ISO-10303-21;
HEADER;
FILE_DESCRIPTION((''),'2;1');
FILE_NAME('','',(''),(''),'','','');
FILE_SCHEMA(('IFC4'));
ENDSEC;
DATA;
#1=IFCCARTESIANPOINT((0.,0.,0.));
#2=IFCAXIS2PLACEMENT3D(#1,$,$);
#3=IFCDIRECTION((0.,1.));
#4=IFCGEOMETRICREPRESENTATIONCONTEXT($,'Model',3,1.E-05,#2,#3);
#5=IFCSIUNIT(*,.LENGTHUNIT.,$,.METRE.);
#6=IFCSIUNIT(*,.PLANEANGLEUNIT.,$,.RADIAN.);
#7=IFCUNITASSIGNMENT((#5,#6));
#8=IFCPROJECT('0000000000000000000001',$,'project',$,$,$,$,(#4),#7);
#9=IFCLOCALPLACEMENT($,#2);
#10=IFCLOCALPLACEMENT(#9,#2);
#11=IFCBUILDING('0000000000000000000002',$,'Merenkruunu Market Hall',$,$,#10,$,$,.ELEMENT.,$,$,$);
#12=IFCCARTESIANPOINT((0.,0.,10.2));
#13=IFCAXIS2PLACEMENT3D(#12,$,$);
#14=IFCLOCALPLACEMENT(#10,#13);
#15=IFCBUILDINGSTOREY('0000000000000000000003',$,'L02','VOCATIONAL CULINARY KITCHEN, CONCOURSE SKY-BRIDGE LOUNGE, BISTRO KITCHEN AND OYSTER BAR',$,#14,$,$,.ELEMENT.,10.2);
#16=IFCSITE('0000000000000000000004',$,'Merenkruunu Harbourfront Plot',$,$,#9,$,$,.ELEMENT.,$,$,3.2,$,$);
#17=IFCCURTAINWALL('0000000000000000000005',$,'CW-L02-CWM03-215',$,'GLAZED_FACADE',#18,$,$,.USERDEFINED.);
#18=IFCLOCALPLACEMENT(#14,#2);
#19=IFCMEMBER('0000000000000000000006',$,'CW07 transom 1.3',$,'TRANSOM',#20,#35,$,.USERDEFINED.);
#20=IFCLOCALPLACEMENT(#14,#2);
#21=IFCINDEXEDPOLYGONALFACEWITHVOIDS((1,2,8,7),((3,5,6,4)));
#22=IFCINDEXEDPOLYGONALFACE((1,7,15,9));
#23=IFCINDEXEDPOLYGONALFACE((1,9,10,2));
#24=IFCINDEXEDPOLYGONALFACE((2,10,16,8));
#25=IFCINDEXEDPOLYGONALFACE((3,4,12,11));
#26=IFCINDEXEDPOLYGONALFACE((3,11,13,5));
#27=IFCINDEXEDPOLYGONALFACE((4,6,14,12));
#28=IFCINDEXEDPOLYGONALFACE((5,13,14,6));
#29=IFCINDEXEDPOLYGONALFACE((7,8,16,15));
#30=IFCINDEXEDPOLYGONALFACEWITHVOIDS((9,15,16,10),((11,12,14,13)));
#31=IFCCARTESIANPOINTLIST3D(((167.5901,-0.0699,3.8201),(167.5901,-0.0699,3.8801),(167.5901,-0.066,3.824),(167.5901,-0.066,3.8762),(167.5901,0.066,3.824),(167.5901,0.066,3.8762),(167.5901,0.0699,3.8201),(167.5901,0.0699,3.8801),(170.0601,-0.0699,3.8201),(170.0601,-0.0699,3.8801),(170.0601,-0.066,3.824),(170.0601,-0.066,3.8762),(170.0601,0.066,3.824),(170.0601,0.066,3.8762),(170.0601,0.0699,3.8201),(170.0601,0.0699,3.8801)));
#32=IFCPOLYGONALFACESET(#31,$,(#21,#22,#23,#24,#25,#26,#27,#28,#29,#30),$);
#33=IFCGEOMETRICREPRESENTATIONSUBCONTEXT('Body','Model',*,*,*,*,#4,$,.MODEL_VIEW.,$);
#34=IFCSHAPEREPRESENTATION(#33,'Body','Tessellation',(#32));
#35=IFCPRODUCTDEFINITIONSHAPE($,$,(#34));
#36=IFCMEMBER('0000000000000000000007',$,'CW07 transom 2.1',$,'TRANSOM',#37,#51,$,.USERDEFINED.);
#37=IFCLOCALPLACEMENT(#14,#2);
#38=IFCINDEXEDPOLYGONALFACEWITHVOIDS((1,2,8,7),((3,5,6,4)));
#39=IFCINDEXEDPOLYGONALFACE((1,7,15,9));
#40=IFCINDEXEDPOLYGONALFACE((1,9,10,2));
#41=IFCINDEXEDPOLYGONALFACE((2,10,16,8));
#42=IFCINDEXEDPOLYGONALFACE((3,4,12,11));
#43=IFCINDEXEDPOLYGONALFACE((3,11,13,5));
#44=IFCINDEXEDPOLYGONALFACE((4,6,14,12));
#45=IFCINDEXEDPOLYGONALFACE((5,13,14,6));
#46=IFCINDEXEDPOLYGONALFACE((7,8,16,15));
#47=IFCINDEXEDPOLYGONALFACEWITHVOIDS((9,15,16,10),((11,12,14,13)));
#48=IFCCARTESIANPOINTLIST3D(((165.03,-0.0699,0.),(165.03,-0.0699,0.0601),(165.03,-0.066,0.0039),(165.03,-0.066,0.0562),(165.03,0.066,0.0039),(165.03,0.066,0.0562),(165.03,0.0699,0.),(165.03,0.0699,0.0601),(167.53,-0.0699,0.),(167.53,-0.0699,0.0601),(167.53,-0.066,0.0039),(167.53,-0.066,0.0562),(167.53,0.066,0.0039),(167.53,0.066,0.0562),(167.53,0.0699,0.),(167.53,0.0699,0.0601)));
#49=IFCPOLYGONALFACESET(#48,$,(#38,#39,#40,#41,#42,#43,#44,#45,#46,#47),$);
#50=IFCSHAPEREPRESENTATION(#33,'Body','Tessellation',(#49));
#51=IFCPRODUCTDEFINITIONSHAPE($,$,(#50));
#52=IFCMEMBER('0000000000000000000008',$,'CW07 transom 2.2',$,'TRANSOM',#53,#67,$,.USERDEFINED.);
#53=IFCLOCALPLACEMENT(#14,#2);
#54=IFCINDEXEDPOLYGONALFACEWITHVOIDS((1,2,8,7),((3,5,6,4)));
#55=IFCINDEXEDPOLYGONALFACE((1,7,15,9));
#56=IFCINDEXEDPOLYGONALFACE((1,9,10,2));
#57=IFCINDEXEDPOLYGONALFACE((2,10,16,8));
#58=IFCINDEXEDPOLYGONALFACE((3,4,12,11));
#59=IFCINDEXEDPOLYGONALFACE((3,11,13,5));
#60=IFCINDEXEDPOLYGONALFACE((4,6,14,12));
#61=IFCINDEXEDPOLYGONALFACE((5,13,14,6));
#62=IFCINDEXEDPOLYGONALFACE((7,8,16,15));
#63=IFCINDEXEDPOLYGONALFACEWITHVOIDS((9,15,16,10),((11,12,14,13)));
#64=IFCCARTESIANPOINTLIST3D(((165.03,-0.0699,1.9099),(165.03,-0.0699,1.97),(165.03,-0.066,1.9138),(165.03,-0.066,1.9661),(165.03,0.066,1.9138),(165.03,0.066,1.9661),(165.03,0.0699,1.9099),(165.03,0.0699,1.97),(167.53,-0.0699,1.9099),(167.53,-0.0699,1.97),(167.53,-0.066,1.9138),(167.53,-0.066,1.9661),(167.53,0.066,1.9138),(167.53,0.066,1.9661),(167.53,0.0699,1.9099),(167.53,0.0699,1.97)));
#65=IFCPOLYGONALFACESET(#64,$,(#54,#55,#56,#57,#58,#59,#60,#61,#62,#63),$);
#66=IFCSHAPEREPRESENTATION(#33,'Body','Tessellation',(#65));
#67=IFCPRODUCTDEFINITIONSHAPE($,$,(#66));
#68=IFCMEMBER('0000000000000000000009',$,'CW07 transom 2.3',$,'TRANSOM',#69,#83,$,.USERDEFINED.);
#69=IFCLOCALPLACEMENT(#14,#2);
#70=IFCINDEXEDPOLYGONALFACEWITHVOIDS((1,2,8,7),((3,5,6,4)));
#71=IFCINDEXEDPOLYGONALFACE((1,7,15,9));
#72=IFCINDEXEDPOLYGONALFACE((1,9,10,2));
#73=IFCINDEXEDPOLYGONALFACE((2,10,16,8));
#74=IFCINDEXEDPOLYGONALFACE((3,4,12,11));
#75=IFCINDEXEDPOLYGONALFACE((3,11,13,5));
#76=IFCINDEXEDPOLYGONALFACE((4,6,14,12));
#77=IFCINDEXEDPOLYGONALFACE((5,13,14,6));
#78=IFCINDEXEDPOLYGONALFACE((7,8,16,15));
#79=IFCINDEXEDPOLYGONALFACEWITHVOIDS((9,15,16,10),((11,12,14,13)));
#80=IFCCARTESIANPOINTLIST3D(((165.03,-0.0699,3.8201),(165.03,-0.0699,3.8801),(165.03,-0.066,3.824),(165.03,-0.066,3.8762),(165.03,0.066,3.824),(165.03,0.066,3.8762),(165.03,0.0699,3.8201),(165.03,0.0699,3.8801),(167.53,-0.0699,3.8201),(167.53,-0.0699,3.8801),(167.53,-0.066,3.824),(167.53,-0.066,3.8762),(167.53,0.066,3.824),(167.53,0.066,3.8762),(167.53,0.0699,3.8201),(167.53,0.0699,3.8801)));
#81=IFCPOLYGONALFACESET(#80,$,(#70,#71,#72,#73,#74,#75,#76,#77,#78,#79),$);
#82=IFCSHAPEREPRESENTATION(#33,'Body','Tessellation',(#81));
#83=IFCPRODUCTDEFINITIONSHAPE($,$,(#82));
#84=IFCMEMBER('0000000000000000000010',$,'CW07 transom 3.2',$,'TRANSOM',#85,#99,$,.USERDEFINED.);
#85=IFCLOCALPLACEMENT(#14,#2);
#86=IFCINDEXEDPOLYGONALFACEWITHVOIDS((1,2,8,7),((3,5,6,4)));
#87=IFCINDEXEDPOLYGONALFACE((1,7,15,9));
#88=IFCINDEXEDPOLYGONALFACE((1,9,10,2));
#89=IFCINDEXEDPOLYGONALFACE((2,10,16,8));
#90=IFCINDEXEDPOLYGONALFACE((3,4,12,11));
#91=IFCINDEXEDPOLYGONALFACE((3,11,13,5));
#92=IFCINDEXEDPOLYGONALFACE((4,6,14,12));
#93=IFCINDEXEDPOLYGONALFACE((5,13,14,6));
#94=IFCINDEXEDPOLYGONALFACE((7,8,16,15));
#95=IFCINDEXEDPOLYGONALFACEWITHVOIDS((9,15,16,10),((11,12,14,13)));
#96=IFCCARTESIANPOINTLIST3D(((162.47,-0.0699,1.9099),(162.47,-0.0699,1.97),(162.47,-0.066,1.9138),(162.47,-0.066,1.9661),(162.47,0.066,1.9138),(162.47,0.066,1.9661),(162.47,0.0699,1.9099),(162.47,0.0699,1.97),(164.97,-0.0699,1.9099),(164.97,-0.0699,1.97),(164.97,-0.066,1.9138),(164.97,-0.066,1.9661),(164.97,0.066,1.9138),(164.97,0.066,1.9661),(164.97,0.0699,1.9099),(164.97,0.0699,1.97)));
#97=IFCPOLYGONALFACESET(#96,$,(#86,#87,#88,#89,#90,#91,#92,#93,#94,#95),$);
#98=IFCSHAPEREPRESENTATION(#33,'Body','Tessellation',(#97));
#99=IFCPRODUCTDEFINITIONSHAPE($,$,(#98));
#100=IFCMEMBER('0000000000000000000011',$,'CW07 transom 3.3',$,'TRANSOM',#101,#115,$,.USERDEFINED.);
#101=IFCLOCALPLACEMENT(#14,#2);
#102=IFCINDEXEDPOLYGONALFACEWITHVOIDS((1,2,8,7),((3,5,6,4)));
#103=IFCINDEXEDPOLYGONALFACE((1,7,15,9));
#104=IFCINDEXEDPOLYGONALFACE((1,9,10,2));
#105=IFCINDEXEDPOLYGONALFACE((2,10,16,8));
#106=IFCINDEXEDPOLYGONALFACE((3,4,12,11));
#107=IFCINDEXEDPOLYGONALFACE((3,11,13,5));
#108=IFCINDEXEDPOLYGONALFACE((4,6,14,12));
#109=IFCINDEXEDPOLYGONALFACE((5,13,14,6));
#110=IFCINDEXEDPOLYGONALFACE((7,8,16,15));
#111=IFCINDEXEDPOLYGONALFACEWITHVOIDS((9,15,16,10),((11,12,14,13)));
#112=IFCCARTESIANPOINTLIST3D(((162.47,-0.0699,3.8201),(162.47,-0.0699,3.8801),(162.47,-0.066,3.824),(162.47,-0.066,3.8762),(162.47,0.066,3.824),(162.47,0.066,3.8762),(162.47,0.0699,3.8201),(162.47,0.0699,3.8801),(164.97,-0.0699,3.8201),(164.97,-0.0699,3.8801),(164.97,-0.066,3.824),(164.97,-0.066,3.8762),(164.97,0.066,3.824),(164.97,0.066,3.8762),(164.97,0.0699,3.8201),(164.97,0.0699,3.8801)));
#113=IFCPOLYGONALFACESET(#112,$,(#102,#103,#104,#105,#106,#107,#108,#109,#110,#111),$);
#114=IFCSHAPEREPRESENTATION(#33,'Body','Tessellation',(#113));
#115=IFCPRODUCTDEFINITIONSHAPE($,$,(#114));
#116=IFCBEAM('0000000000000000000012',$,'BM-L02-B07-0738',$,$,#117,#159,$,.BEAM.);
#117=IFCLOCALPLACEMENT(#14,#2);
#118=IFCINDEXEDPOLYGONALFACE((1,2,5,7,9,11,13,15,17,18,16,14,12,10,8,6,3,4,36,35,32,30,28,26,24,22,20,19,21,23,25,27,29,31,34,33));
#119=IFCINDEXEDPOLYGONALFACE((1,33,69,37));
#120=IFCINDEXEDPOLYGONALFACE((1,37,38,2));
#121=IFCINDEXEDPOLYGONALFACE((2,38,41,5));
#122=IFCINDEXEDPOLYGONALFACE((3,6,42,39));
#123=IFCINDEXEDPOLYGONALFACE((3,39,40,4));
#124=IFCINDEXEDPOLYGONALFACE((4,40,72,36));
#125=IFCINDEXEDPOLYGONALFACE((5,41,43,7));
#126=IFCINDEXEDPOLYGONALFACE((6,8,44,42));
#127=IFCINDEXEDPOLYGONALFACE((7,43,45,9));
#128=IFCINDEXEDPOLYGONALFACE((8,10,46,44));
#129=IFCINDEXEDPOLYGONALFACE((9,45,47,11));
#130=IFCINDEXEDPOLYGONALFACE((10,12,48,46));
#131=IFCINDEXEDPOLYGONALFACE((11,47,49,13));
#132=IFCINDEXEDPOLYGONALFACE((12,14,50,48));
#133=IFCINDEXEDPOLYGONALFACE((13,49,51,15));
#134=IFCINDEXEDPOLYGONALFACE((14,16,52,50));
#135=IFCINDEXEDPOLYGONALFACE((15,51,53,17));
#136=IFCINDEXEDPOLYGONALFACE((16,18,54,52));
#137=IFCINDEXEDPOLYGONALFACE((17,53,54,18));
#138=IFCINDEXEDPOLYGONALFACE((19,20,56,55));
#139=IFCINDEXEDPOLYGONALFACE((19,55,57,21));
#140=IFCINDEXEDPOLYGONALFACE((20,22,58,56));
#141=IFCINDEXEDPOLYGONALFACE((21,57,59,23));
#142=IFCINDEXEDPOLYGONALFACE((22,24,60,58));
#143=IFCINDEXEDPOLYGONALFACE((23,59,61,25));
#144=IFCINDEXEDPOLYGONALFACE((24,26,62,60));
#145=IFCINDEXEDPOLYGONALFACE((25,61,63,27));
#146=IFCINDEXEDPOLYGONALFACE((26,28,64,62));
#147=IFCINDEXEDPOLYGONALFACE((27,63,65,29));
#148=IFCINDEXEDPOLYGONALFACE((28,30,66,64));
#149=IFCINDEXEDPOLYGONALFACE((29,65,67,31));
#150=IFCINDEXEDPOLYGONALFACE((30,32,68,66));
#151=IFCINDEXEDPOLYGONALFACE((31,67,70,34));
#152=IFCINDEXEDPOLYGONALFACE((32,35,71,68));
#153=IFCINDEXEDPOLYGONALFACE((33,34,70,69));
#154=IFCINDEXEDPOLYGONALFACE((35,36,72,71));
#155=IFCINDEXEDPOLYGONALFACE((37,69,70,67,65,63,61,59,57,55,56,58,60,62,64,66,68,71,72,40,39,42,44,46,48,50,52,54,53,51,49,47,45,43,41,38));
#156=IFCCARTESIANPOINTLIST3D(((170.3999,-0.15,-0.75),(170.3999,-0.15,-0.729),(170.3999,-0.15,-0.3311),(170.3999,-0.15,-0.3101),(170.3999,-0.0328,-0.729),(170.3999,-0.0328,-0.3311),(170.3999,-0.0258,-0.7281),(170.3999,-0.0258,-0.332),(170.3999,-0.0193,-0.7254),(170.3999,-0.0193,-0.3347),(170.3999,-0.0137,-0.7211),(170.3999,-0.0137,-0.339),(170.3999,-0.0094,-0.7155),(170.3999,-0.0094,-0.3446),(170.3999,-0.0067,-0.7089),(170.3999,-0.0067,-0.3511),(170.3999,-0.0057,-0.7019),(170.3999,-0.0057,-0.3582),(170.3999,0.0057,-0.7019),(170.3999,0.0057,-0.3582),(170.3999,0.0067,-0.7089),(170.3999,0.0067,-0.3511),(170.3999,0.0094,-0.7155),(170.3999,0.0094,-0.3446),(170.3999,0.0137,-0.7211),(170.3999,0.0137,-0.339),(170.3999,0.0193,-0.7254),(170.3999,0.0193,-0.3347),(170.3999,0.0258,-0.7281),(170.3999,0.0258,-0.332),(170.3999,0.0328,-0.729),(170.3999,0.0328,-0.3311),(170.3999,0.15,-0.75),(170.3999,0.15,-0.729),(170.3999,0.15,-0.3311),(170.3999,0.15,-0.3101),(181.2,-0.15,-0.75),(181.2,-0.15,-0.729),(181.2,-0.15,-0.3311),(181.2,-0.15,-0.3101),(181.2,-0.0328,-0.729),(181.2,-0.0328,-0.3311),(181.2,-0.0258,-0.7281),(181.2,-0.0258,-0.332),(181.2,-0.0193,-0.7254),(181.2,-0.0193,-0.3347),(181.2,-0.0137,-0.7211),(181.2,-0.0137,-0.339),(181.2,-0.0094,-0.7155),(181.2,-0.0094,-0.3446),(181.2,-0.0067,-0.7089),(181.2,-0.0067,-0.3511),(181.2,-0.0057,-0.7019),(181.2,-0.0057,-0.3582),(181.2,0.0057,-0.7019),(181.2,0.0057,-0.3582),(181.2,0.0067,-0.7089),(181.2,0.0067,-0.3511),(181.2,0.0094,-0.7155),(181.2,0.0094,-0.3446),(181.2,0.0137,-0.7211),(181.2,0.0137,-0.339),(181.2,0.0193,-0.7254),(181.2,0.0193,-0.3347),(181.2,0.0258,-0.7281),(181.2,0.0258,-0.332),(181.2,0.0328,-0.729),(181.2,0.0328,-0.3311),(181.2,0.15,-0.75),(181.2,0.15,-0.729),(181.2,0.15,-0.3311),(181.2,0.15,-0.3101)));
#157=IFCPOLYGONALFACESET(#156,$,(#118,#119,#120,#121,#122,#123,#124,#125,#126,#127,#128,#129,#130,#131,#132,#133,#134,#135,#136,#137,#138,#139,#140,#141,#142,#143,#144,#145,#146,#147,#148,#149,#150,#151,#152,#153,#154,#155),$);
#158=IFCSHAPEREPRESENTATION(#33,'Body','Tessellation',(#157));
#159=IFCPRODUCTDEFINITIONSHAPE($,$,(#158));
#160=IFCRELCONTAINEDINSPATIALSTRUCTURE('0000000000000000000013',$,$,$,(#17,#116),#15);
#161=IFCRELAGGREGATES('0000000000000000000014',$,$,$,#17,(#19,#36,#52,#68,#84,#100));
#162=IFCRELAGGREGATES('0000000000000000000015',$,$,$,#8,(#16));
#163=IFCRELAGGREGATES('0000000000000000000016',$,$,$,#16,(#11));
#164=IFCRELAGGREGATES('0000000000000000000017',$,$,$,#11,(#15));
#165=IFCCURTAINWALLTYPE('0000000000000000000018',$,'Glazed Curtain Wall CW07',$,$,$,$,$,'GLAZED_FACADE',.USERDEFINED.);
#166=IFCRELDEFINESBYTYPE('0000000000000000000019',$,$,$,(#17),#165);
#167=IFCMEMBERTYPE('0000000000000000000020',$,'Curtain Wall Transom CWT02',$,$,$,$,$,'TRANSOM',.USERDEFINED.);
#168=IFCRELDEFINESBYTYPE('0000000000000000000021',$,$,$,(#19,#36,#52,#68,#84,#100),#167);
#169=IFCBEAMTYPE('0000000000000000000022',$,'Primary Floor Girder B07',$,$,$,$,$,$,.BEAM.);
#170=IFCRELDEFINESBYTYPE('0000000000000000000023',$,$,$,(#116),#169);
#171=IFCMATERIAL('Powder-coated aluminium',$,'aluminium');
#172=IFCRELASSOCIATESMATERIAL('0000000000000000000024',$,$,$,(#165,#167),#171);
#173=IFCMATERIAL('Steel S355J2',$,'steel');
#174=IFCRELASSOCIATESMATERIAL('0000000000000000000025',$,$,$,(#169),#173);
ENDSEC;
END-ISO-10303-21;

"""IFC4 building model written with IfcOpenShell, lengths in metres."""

from ifc_helpers import new_model, si_unit, direction, frame, origin, origin_2d, place, context, subcontext, project, spatial, hollow_rectangle, i_section, extrude, material, material_profile, profile_set, type_object, element, aggregate, save


model = new_model("IFC4")

# Units and contexts
model_context = context("Model", 3, precision=1e-05, world=origin(), true_north=direction((0.0, 1.0)))
body_context = subcontext(model_context, "Body", "Model", "MODEL_VIEW")
ifc_project = project(units=[si_unit("LENGTHUNIT", "METRE"), si_unit("PLANEANGLEUNIT", "RADIAN")], contexts=[model_context])

# Site, building, storey
site_placement = place(None, origin())
site = spatial("IfcSite", under=ifc_project, at=site_placement, Name="Merenkruunu Harbourfront Plot", CompositionType="ELEMENT", RefElevation=3.2)
building_placement = place(site_placement, origin())
building = spatial("IfcBuilding", under=site, at=building_placement, Name="Merenkruunu Market Hall", CompositionType="ELEMENT")
storey_placement = place(building_placement, frame((0.0, 0.0, 10.2)))
storey = spatial("IfcBuildingStorey", under=building, at=storey_placement, Name="L02", Description="VOCATIONAL CULINARY KITCHEN, CONCOURSE SKY-BRIDGE LOUNGE, BISTRO KITCHEN AND OYSTER BAR", CompositionType="ELEMENT", Elevation=10.2)

# Shared definitions
ifc_material_1 = material(Name="Steel S355J2", Category="steel")

# Curtain wall, members
ifc_material_2 = material(Name="Powder-coated aluminium", Category="aluminium")
curtain_wall_type = type_object("IfcCurtainWallType", Name="Glazed Curtain Wall CW07", ElementType="GLAZED_FACADE", PredefinedType="USERDEFINED", material=ifc_material_2)
curtain_wall_placement = place(storey_placement, origin())
curtain_wall = element("IfcCurtainWall", 1, at=curtain_wall_placement, inside=storey, type_object=curtain_wall_type, Name="CW-L02-CWM03-215", ObjectType="GLAZED_FACADE", PredefinedType="USERDEFINED")
ifc_material_profile_1 = material_profile(ifc_material_2, hollow_rectangle(XDim=0.0601, YDim=0.1399, WallThickness=0.0039, at=origin_2d()), Name="ALU 60x140x4")
ifc_profile_set_1 = profile_set([ifc_material_profile_1], Name="Powder-coated aluminium")
member_type_1 = type_object("IfcMemberType", Name="Curtain Wall Transom CWT02", ElementType="TRANSOM", PredefinedType="USERDEFINED", material=ifc_profile_set_1)
member_1_placement = place(storey_placement, frame((170.0601, 0.0, 3.8501), z_axis=(-1.0, 0.0, 0.0), x_axis=(0.0, 0.0, 1.0)))
member_1 = element("IfcMember", 2, at=member_1_placement, type_object=member_type_1, Name="CW07 transom 1.3", ObjectType="TRANSOM", PredefinedType="USERDEFINED", context=body_context, shape_type="SweptSolid", body=[
    extrude(hollow_rectangle(XDim=0.0601, YDim=0.1399, WallThickness=0.0039, at=origin_2d()), origin(), (0.0, 0.0, 1.0), 2.47),
])
member_2_placement = place(storey_placement, frame((167.53, 0.0, 0.03), z_axis=(-1.0, 0.0, 0.0), x_axis=(0.0, 0.0, 1.0)))
member_2 = element("IfcMember", 3, at=member_2_placement, type_object=member_type_1, Name="CW07 transom 2.1", ObjectType="TRANSOM", PredefinedType="USERDEFINED", context=body_context, shape_type="SweptSolid", body=[
    extrude(hollow_rectangle(XDim=0.0601, YDim=0.1399, WallThickness=0.0039, at=origin_2d()), origin(), (0.0, 0.0, 1.0), 2.5),
])
member_3_placement = place(storey_placement, frame((167.53, 0.0, 1.9399), z_axis=(-1.0, 0.0, 0.0), x_axis=(0.0, 0.0, 1.0)))
member_3 = element("IfcMember", 4, at=member_3_placement, type_object=member_type_1, Name="CW07 transom 2.2", ObjectType="TRANSOM", PredefinedType="USERDEFINED", context=body_context, shape_type="SweptSolid", body=[
    extrude(hollow_rectangle(XDim=0.0601, YDim=0.1399, WallThickness=0.0039, at=origin_2d()), origin(), (0.0, 0.0, 1.0), 2.5),
])
member_4_placement = place(storey_placement, frame((167.53, 0.0, 3.8501), z_axis=(-1.0, 0.0, 0.0), x_axis=(0.0, 0.0, 1.0)))
member_4 = element("IfcMember", 5, at=member_4_placement, type_object=member_type_1, Name="CW07 transom 2.3", ObjectType="TRANSOM", PredefinedType="USERDEFINED", context=body_context, shape_type="SweptSolid", body=[
    extrude(hollow_rectangle(XDim=0.0601, YDim=0.1399, WallThickness=0.0039, at=origin_2d()), origin(), (0.0, 0.0, 1.0), 2.5),
])
member_5_placement = place(storey_placement, frame((164.97, 0.0, 1.9399), z_axis=(-1.0, 0.0, 0.0), x_axis=(0.0, 0.0, 1.0)))
member_5 = element("IfcMember", 6, at=member_5_placement, type_object=member_type_1, Name="CW07 transom 3.2", ObjectType="TRANSOM", PredefinedType="USERDEFINED", context=body_context, shape_type="SweptSolid", body=[
    extrude(hollow_rectangle(XDim=0.0601, YDim=0.1399, WallThickness=0.0039, at=origin_2d()), origin(), (0.0, 0.0, 1.0), 2.5),
])
member_6_placement = place(storey_placement, frame((164.97, 0.0, 3.8501), z_axis=(-1.0, 0.0, 0.0), x_axis=(0.0, 0.0, 1.0)))
member_6 = element("IfcMember", 7, at=member_6_placement, type_object=member_type_1, Name="CW07 transom 3.3", ObjectType="TRANSOM", PredefinedType="USERDEFINED", context=body_context, shape_type="SweptSolid", body=[
    extrude(hollow_rectangle(XDim=0.0601, YDim=0.1399, WallThickness=0.0039, at=origin_2d()), origin(), (0.0, 0.0, 1.0), 2.5),
])

# Beam
ifc_material_profile_2 = material_profile(ifc_material_1, i_section(OverallWidth=0.3, OverallDepth=0.4399, WebThickness=0.0115, FlangeThickness=0.021, FilletRadius=0.0271, at=origin_2d()), Name="HEA 450")
ifc_profile_set_2 = profile_set([ifc_material_profile_2], Name="Steel S355J2")
beam_type_1 = type_object("IfcBeamType", Name="Primary Floor Girder B07", PredefinedType="BEAM", material=ifc_profile_set_2)
for number, where, z_axis, x_axis, name in (
    (8, (170.3999, 0.0, -0.53), (1.0, 0.0, 0.0), (0.0, 1.0, 0.0), "BM-L02-B07-0738"),
):
    element("IfcBeam", number, at=place(storey_placement, frame(where, z_axis=z_axis, x_axis=x_axis)), inside=storey, type_object=beam_type_1, Name=name, PredefinedType="BEAM", context=body_context, shape_type="SweptSolid", body=[
        extrude(i_section(OverallWidth=0.3, OverallDepth=0.4399, WebThickness=0.0115, FlangeThickness=0.021, FilletRadius=0.0271, at=origin_2d()), origin(), (0.0, 0.0, 1.0), 10.8),
    ])

aggregate(curtain_wall, [member_1, member_2, member_3, member_4, member_5, member_6])

save(model, "model.ifc")
